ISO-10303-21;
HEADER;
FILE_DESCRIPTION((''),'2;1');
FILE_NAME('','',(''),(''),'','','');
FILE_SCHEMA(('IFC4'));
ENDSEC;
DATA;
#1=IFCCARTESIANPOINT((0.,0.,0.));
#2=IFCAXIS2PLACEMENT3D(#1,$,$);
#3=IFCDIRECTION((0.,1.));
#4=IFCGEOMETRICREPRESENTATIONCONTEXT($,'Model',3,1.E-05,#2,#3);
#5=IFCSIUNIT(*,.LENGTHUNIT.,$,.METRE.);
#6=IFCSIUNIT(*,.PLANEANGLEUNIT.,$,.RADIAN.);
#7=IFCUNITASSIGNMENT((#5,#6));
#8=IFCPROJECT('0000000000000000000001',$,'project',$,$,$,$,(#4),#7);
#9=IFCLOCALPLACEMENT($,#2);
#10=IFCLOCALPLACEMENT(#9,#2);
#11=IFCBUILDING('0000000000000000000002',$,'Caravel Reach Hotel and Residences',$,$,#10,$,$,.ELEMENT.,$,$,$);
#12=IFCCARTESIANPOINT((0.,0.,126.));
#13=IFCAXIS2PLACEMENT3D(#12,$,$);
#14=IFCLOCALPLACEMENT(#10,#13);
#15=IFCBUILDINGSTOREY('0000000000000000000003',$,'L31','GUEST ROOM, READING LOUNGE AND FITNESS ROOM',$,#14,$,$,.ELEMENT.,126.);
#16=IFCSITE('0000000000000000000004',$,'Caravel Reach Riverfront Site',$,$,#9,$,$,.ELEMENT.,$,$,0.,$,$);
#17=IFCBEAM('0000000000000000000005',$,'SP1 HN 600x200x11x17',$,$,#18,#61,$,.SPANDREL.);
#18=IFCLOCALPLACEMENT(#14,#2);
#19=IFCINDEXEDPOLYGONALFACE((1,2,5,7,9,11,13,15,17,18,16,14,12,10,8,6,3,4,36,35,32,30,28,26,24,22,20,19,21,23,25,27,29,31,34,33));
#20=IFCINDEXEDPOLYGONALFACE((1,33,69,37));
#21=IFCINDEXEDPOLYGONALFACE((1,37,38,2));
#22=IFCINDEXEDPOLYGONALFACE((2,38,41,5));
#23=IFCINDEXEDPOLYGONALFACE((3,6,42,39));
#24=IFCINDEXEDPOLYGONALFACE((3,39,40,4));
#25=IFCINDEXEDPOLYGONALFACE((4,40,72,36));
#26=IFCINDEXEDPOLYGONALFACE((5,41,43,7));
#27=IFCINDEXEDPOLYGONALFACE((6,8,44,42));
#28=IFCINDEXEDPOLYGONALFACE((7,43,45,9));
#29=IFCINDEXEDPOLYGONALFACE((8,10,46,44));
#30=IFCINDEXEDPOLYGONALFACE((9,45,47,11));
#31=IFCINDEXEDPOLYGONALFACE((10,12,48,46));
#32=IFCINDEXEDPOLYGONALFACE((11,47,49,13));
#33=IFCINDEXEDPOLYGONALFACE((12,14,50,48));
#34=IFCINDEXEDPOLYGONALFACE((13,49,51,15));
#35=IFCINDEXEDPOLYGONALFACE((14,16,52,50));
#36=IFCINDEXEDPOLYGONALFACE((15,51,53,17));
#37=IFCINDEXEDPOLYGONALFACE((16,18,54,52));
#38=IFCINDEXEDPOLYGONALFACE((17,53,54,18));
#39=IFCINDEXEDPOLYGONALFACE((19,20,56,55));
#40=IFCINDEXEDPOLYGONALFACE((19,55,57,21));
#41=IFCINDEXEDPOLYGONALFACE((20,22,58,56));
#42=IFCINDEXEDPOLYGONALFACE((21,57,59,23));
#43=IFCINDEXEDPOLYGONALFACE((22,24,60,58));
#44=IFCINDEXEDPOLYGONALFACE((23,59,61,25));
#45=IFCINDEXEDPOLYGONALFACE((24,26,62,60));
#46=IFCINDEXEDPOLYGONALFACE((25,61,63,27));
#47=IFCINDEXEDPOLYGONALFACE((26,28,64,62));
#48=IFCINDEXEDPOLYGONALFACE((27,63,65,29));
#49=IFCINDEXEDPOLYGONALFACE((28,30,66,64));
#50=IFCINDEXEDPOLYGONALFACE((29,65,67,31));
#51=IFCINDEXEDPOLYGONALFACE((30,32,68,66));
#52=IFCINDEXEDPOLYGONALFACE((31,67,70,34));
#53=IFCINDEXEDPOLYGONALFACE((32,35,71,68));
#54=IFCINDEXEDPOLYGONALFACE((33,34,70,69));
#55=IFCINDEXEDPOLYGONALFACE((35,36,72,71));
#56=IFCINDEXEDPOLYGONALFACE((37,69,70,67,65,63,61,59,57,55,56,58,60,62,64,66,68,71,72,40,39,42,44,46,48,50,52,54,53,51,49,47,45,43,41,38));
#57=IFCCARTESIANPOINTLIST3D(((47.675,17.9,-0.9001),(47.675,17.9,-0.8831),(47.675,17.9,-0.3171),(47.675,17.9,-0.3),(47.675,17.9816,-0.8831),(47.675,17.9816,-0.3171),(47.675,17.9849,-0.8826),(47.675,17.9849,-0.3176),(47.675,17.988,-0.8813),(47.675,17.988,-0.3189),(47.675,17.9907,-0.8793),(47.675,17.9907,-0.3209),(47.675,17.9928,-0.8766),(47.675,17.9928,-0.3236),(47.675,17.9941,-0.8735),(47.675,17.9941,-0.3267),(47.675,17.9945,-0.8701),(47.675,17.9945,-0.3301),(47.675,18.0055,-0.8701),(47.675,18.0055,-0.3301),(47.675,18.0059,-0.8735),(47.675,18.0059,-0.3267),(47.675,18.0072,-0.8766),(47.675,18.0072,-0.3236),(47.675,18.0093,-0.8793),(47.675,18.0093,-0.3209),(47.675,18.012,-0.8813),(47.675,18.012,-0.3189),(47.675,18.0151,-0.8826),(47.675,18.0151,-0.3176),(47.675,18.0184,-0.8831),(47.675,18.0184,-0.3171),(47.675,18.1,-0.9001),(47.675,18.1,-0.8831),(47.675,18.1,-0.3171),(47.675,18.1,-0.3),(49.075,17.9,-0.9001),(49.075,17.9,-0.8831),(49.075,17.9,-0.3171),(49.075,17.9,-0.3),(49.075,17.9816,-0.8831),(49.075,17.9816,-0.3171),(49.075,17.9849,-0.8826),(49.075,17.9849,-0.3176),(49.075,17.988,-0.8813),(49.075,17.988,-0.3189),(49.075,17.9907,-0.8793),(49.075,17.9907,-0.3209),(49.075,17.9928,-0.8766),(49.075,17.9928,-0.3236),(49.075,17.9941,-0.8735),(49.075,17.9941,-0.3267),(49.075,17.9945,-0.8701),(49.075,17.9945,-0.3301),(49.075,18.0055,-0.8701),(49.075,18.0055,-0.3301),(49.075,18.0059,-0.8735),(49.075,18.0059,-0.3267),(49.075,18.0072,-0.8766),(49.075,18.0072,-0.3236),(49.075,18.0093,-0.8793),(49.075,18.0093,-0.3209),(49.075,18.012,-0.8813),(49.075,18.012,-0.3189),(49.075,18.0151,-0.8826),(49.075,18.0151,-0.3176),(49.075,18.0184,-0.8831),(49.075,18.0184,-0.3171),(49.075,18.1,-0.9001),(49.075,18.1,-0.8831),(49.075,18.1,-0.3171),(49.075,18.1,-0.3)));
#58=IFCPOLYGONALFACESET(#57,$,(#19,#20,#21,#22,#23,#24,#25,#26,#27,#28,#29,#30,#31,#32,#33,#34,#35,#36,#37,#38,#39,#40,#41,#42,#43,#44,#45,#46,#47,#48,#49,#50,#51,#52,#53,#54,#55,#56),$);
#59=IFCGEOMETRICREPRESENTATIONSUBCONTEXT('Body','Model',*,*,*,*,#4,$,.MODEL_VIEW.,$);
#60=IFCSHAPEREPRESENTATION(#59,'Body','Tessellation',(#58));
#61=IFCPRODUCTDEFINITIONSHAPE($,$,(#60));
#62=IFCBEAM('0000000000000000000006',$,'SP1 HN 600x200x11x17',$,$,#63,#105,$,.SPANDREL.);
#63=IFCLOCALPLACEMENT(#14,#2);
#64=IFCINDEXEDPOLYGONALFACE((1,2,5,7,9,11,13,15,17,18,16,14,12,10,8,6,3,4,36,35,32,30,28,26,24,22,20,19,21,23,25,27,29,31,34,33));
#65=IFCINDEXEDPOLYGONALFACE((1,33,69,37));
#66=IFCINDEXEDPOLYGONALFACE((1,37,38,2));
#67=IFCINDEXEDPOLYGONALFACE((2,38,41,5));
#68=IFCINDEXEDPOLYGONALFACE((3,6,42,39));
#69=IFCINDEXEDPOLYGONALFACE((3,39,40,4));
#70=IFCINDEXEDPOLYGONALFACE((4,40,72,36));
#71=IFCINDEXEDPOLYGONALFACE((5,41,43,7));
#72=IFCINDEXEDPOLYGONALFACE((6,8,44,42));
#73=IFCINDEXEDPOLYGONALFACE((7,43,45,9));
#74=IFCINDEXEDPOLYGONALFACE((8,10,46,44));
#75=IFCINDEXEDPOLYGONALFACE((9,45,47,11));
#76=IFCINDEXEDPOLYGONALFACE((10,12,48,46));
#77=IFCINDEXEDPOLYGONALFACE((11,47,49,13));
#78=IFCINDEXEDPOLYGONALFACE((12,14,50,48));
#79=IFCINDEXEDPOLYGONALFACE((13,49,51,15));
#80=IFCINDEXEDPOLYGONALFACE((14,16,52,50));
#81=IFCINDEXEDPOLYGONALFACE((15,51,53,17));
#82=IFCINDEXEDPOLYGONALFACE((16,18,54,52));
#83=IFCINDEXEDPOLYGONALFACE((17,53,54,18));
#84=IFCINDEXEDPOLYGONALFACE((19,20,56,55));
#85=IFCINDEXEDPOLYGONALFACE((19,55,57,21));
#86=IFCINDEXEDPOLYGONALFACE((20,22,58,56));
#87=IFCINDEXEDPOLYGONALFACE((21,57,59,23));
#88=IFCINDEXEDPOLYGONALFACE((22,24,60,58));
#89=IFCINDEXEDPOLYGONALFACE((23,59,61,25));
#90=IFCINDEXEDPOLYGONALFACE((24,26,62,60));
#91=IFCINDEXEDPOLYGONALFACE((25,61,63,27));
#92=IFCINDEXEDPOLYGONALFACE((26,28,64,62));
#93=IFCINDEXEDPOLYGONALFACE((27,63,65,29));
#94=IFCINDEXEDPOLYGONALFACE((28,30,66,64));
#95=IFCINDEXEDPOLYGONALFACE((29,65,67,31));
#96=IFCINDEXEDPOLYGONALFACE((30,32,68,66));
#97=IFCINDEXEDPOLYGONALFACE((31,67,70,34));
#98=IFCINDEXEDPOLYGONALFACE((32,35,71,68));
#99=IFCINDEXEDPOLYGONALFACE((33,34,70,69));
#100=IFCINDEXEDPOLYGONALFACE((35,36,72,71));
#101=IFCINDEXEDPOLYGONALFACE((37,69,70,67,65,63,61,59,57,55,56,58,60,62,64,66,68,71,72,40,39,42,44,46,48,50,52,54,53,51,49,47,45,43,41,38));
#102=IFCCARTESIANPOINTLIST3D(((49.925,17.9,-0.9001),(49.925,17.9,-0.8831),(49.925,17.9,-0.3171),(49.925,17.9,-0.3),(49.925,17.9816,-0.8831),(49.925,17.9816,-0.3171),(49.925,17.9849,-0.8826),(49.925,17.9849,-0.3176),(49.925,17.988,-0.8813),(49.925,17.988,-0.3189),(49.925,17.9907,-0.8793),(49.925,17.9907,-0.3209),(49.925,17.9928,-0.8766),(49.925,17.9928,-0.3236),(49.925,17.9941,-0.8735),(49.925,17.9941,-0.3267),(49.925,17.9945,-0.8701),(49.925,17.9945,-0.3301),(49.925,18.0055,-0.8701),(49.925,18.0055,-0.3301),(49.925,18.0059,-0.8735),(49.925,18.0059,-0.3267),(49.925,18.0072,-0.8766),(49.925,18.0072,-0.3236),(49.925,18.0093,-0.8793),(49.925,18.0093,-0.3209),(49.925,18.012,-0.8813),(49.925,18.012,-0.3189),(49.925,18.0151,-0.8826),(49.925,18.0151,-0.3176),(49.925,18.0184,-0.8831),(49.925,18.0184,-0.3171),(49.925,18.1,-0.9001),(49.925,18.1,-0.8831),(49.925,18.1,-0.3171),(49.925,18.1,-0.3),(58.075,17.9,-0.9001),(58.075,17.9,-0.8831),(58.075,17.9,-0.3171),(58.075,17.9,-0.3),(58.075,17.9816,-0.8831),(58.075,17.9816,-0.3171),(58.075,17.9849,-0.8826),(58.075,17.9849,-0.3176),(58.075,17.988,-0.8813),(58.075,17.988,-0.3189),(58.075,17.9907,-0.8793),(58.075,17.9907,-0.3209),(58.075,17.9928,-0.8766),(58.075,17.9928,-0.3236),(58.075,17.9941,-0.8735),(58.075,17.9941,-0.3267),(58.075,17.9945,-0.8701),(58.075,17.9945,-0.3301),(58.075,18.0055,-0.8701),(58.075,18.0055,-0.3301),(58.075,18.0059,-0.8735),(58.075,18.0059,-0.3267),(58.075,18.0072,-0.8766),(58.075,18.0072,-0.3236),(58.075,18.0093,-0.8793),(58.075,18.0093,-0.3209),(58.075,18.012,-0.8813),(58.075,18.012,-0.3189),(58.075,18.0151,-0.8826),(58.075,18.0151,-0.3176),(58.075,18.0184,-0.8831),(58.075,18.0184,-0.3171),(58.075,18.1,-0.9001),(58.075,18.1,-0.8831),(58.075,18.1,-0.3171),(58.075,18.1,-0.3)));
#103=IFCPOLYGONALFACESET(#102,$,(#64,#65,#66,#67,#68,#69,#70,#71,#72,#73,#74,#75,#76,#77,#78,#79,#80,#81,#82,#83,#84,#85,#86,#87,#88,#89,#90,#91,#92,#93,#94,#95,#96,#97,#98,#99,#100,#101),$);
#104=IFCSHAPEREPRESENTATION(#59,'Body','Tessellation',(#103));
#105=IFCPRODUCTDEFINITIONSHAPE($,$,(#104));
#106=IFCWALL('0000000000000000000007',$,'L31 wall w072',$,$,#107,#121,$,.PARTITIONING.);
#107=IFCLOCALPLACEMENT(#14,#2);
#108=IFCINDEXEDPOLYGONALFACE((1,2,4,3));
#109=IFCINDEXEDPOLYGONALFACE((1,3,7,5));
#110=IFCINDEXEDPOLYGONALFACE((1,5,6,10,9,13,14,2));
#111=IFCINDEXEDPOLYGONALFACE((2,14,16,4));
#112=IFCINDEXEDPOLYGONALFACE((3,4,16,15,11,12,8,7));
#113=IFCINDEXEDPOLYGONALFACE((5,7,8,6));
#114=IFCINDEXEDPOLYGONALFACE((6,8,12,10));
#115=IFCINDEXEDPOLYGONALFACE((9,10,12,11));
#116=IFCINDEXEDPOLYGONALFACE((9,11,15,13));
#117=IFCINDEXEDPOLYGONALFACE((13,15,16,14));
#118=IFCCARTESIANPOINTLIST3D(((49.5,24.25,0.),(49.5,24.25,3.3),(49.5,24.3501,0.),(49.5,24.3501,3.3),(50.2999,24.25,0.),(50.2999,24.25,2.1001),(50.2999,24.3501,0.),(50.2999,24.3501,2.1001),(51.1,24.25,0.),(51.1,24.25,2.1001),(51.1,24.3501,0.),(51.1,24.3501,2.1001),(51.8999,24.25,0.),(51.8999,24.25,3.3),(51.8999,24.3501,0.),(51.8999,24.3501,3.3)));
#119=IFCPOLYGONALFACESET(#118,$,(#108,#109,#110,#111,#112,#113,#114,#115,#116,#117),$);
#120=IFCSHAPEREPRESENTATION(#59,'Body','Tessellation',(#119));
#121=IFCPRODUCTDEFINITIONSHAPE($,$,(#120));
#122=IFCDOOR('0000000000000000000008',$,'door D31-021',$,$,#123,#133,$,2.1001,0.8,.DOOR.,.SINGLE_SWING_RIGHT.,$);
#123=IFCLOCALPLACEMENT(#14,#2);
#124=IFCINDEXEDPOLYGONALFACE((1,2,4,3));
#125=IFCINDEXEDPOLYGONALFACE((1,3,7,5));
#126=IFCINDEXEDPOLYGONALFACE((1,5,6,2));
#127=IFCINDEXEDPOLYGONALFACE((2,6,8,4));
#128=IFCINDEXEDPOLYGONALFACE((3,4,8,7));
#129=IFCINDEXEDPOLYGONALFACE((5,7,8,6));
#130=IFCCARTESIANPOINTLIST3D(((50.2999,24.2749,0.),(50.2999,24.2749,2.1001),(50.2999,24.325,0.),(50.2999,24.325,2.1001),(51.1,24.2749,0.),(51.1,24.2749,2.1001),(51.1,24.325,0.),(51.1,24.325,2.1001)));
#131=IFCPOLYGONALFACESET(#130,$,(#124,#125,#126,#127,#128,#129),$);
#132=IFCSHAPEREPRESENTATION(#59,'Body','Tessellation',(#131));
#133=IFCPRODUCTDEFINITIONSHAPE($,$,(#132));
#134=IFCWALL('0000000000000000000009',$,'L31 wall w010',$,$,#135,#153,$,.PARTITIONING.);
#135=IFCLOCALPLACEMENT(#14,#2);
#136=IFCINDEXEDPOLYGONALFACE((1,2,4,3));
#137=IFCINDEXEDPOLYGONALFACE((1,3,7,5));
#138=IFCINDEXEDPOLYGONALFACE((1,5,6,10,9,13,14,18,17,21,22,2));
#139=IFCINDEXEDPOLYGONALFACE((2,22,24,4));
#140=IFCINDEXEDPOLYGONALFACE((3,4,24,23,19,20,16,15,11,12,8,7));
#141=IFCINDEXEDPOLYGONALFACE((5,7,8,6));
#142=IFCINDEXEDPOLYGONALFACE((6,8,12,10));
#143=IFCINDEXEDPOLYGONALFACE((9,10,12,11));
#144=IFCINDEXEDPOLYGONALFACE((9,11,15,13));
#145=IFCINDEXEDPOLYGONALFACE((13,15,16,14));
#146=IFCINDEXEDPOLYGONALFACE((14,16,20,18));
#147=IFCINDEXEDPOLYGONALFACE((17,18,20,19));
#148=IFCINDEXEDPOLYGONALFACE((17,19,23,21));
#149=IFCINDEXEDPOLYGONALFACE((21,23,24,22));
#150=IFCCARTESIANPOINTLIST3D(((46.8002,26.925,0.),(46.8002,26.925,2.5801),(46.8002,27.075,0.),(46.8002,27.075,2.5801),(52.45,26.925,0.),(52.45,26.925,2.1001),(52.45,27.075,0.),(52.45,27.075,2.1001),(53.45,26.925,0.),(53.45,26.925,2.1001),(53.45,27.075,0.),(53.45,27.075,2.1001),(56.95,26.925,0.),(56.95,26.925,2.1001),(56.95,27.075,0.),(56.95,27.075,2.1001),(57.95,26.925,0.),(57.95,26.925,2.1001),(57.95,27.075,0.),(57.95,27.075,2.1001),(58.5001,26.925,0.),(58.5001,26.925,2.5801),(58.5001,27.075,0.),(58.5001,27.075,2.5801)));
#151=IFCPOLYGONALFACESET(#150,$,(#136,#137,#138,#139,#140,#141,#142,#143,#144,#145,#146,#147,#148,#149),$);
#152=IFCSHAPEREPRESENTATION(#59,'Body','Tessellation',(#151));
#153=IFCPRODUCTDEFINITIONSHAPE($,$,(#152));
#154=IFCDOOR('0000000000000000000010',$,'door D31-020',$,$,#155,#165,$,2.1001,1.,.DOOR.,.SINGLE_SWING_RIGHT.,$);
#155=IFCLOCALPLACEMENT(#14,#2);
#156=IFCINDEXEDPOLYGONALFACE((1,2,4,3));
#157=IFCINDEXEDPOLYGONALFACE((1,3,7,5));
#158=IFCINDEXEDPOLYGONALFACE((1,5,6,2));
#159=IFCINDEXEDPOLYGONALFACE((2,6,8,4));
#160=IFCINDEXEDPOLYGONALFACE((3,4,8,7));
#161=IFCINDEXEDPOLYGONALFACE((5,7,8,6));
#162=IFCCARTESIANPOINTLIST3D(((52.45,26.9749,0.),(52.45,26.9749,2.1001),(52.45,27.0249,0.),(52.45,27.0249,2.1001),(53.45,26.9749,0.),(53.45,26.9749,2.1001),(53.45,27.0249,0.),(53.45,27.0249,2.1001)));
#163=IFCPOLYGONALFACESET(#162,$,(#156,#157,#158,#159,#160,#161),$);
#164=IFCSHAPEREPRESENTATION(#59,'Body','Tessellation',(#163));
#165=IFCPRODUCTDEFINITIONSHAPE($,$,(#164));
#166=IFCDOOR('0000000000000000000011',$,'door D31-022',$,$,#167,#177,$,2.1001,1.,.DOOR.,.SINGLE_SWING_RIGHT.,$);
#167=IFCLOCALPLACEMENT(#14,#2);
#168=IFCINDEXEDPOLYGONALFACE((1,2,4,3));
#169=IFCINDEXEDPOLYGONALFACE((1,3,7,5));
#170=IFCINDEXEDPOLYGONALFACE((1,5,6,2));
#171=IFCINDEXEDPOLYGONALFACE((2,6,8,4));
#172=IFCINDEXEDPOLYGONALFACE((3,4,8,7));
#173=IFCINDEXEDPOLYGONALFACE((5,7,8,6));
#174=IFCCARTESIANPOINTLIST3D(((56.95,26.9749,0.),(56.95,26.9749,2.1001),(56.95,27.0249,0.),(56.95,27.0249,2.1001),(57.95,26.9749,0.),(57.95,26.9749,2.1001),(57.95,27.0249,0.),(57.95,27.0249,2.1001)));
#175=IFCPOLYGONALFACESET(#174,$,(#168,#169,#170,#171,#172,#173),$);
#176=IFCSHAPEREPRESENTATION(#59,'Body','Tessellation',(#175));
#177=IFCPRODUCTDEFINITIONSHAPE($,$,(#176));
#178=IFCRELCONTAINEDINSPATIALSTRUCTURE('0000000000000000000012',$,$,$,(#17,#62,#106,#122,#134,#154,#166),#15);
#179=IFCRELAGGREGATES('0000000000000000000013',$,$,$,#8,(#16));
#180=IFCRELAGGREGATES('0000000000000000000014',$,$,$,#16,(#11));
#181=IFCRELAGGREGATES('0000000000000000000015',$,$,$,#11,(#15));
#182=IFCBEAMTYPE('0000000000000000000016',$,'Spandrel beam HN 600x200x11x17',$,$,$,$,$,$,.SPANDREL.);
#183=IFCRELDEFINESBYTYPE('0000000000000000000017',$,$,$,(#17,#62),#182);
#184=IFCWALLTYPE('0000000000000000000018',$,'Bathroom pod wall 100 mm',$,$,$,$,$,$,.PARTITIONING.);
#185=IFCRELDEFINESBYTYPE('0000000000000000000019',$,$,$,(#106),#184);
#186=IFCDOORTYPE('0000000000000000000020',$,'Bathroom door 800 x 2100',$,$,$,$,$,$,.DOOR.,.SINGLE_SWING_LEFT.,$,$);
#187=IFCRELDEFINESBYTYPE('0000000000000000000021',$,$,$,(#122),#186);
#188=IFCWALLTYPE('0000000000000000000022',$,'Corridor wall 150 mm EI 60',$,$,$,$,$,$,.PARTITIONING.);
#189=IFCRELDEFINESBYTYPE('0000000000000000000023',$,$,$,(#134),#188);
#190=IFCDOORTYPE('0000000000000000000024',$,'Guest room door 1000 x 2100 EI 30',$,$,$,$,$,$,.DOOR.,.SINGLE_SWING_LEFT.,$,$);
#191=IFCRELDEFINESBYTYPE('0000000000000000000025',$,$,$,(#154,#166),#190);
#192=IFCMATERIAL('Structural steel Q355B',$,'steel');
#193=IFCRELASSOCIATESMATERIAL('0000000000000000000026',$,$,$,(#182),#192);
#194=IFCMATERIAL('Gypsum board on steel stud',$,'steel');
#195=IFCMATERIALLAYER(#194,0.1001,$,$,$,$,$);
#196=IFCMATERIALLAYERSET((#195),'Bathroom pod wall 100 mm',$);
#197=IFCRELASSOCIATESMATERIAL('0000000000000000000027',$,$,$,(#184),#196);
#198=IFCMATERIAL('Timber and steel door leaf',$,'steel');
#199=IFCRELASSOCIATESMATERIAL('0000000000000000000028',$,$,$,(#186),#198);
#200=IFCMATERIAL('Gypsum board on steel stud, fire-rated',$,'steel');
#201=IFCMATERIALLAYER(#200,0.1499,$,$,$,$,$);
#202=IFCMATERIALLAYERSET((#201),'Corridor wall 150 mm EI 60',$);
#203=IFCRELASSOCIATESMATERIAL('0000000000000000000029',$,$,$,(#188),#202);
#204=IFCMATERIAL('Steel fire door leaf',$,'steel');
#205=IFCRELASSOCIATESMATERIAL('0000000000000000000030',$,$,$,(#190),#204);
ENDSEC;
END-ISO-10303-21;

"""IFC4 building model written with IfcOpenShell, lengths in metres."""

from ifc_helpers import new_model, si_unit, direction, frame, frame_2d, origin, origin_2d, place, context, subcontext, project, spatial, rectangle, i_section, extrude, material, layer, layer_set, material_profile, profile_set, type_object, element, fill, save


model = new_model("IFC4")

# Units and contexts
model_context = context("Model", 3, precision=1e-05, world=origin(), true_north=direction((0.0, 1.0)))
body_context = subcontext(model_context, "Body", "Model", "MODEL_VIEW")
ifc_project = project(units=[si_unit("LENGTHUNIT", "METRE"), si_unit("PLANEANGLEUNIT", "RADIAN")], contexts=[model_context])

# Site, building, storey
site_placement = place(None, origin())
site = spatial("IfcSite", under=ifc_project, at=site_placement, Name="Caravel Reach Riverfront Site", CompositionType="ELEMENT", RefElevation=0.0)
building_placement = place(site_placement, origin())
building = spatial("IfcBuilding", under=site, at=building_placement, Name="Caravel Reach Hotel and Residences", CompositionType="ELEMENT")
storey_placement = place(building_placement, frame((0.0, 0.0, 126.0)))
storey = spatial("IfcBuildingStorey", under=building, at=storey_placement, Name="L31", Description="GUEST ROOM, READING LOUNGE AND FITNESS ROOM", CompositionType="ELEMENT", Elevation=126.0)

# Beams
ifc_material_1 = material(Name="Structural steel Q355B", Category="steel")
ifc_material_profile_1 = material_profile(ifc_material_1, i_section(OverallWidth=0.2, OverallDepth=0.6001, WebThickness=0.011, FlangeThickness=0.0171, FilletRadius=0.0129, at=origin_2d()), Name="HN 600x200x11x17")
ifc_profile_set_1 = profile_set([ifc_material_profile_1], Name="Structural steel Q355B")
beam_type_1 = type_object("IfcBeamType", Name="Spandrel beam HN 600x200x11x17", PredefinedType="SPANDREL", material=ifc_profile_set_1)
beam_1_placement = place(storey_placement, frame((47.675, 18.0, -0.6001), z_axis=(1.0, 0.0, 0.0), x_axis=(0.0, 1.0, 0.0)))
element("IfcBeam", 1, at=beam_1_placement, inside=storey, type_object=beam_type_1, Name="SP1 HN 600x200x11x17", PredefinedType="SPANDREL", context=body_context, shape_type="SweptSolid", body=[
    extrude(i_section(OverallWidth=0.2, OverallDepth=0.6001, WebThickness=0.011, FlangeThickness=0.0171, FilletRadius=0.0129, at=origin_2d()), origin(), (0.0, 0.0, 1.0), 1.3999),
])
beam_2_placement = place(storey_placement, frame((49.925, 18.0, -0.6001), z_axis=(1.0, 0.0, 0.0), x_axis=(0.0, 1.0, 0.0)))
element("IfcBeam", 2, at=beam_2_placement, inside=storey, type_object=beam_type_1, Name="SP1 HN 600x200x11x17", PredefinedType="SPANDREL", context=body_context, shape_type="SweptSolid", body=[
    extrude(i_section(OverallWidth=0.2, OverallDepth=0.6001, WebThickness=0.011, FlangeThickness=0.0171, FilletRadius=0.0129, at=origin_2d()), origin(), (0.0, 0.0, 1.0), 8.1499),
])

# Wall, opening, door
ifc_material_2 = material(Name="Gypsum board on steel stud", Category="steel")
ifc_layer_1 = layer(ifc_material_2, 0.1001)
ifc_layer_set_1 = layer_set([ifc_layer_1], Name="Bathroom pod wall 100 mm")
wall_type_1 = type_object("IfcWallType", Name="Bathroom pod wall 100 mm", PredefinedType="PARTITIONING", material=ifc_layer_set_1)
wall_1_placement = place(storey_placement, frame((49.5, 24.3, 0.0), z_axis=(0.0, 0.0, 1.0), x_axis=(1.0, 0.0, 0.0)))
wall_1 = element("IfcWall", 3, at=wall_1_placement, inside=storey, type_object=wall_type_1, Name="L31 wall w072", PredefinedType="PARTITIONING", context=body_context, shape_type="SweptSolid", body=[
    extrude(rectangle(XDim=2.3999, YDim=0.1001, at=frame_2d((1.2, 0.0))), origin(), (0.0, 0.0, 1.0), 3.3),
])
opening_1_placement = place(wall_1_placement, frame((0.8, 0.0, 0.0)))
opening_1 = element("IfcOpeningElement", 4, at=opening_1_placement, cuts=wall_1, PredefinedType="OPENING", context=body_context, shape_type="SweptSolid", body=[
    extrude(rectangle(XDim=0.8, YDim=2.1001, at=frame_2d((0.3999, 1.05))), frame((0.0, 0.0601, 0.0), z_axis=(0.0, -1.0, 0.0), x_axis=(1.0, 0.0, 0.0)), (0.0, 0.0, 1.0), 0.1201),
])
ifc_material_3 = material(Name="Timber and steel door leaf", Category="steel")
door_type_1 = type_object("IfcDoorType", Name="Bathroom door 800 x 2100", OperationType="SINGLE_SWING_LEFT", PredefinedType="DOOR", material=ifc_material_3)
door_1_placement = place(opening_1_placement, origin())
door_1 = element("IfcDoor", 5, at=door_1_placement, inside=storey, type_object=door_type_1, Name="door D31-021", OperationType="SINGLE_SWING_RIGHT", OverallHeight=2.1001, OverallWidth=0.8, PredefinedType="DOOR", context=body_context, shape_type="SweptSolid", body=[
    extrude(rectangle(XDim=0.8, YDim=2.1001, at=frame_2d((0.3999, 1.05))), frame((0.0, 0.0249, 0.0), z_axis=(0.0, -1.0, 0.0), x_axis=(1.0, 0.0, 0.0)), (0.0, 0.0, 1.0), 0.05),
])
fill(opening_1, door_1)

# Wall, openings, doors
ifc_material_4 = material(Name="Gypsum board on steel stud, fire-rated", Category="steel")
ifc_layer_2 = layer(ifc_material_4, 0.1499)
ifc_layer_set_2 = layer_set([ifc_layer_2], Name="Corridor wall 150 mm EI 60")
wall_type_2 = type_object("IfcWallType", Name="Corridor wall 150 mm EI 60", PredefinedType="PARTITIONING", material=ifc_layer_set_2)
wall_2_placement = place(storey_placement, frame((46.8, 27.0, 0.0), z_axis=(0.0, 0.0, 1.0), x_axis=(1.0, 0.0, 0.0)))
wall_2 = element("IfcWall", 6, at=wall_2_placement, inside=storey, type_object=wall_type_2, Name="L31 wall w010", PredefinedType="PARTITIONING", context=body_context, shape_type="SweptSolid", body=[
    extrude(rectangle(XDim=11.7, YDim=0.1499, at=frame_2d((5.8501, 0.0))), origin(), (0.0, 0.0, 1.0), 2.5801),
])
opening_2_placement = place(wall_2_placement, frame((5.6499, 0.0, 0.0)))
opening_2 = element("IfcOpeningElement", 7, at=opening_2_placement, cuts=wall_2, PredefinedType="OPENING", context=body_context, shape_type="SweptSolid", body=[
    extrude(rectangle(XDim=1.0, YDim=2.1001, at=frame_2d((0.5, 1.05))), frame((0.0, 0.085, 0.0), z_axis=(0.0, -1.0, 0.0), x_axis=(1.0, 0.0, 0.0)), (0.0, 0.0, 1.0), 0.1699),
])
opening_3_placement = place(wall_2_placement, frame((10.1499, 0.0, 0.0)))
opening_3 = element("IfcOpeningElement", 8, at=opening_3_placement, cuts=wall_2, PredefinedType="OPENING", context=body_context, shape_type="SweptSolid", body=[
    extrude(rectangle(XDim=1.0, YDim=2.1001, at=frame_2d((0.5, 1.05))), frame((0.0, 0.085, 0.0), z_axis=(0.0, -1.0, 0.0), x_axis=(1.0, 0.0, 0.0)), (0.0, 0.0, 1.0), 0.1699),
])
ifc_material_5 = material(Name="Steel fire door leaf", Category="steel")
door_type_2 = type_object("IfcDoorType", Name="Guest room door 1000 x 2100 EI 30", OperationType="SINGLE_SWING_LEFT", PredefinedType="DOOR", material=ifc_material_5)
door_2_placement = place(opening_2_placement, origin())
door_2 = element("IfcDoor", 9, at=door_2_placement, inside=storey, type_object=door_type_2, Name="door D31-020", OperationType="SINGLE_SWING_RIGHT", OverallHeight=2.1001, OverallWidth=1.0, PredefinedType="DOOR", context=body_context, shape_type="SweptSolid", body=[
    extrude(rectangle(XDim=1.0, YDim=2.1001, at=frame_2d((0.5, 1.05))), frame((0.0, 0.0249, 0.0), z_axis=(0.0, -1.0, 0.0), x_axis=(1.0, 0.0, 0.0)), (0.0, 0.0, 1.0), 0.05),
])
fill(opening_2, door_2)
door_3_placement = place(opening_3_placement, origin())
door_3 = element("IfcDoor", 10, at=door_3_placement, inside=storey, type_object=door_type_2, Name="door D31-022", OperationType="SINGLE_SWING_RIGHT", OverallHeight=2.1001, OverallWidth=1.0, PredefinedType="DOOR", context=body_context, shape_type="SweptSolid", body=[
    extrude(rectangle(XDim=1.0, YDim=2.1001, at=frame_2d((0.5, 1.05))), frame((0.0, 0.0249, 0.0), z_axis=(0.0, -1.0, 0.0), x_axis=(1.0, 0.0, 0.0)), (0.0, 0.0, 1.0), 0.05),
])
fill(opening_3, door_3)

save(model, "model.ifc")
